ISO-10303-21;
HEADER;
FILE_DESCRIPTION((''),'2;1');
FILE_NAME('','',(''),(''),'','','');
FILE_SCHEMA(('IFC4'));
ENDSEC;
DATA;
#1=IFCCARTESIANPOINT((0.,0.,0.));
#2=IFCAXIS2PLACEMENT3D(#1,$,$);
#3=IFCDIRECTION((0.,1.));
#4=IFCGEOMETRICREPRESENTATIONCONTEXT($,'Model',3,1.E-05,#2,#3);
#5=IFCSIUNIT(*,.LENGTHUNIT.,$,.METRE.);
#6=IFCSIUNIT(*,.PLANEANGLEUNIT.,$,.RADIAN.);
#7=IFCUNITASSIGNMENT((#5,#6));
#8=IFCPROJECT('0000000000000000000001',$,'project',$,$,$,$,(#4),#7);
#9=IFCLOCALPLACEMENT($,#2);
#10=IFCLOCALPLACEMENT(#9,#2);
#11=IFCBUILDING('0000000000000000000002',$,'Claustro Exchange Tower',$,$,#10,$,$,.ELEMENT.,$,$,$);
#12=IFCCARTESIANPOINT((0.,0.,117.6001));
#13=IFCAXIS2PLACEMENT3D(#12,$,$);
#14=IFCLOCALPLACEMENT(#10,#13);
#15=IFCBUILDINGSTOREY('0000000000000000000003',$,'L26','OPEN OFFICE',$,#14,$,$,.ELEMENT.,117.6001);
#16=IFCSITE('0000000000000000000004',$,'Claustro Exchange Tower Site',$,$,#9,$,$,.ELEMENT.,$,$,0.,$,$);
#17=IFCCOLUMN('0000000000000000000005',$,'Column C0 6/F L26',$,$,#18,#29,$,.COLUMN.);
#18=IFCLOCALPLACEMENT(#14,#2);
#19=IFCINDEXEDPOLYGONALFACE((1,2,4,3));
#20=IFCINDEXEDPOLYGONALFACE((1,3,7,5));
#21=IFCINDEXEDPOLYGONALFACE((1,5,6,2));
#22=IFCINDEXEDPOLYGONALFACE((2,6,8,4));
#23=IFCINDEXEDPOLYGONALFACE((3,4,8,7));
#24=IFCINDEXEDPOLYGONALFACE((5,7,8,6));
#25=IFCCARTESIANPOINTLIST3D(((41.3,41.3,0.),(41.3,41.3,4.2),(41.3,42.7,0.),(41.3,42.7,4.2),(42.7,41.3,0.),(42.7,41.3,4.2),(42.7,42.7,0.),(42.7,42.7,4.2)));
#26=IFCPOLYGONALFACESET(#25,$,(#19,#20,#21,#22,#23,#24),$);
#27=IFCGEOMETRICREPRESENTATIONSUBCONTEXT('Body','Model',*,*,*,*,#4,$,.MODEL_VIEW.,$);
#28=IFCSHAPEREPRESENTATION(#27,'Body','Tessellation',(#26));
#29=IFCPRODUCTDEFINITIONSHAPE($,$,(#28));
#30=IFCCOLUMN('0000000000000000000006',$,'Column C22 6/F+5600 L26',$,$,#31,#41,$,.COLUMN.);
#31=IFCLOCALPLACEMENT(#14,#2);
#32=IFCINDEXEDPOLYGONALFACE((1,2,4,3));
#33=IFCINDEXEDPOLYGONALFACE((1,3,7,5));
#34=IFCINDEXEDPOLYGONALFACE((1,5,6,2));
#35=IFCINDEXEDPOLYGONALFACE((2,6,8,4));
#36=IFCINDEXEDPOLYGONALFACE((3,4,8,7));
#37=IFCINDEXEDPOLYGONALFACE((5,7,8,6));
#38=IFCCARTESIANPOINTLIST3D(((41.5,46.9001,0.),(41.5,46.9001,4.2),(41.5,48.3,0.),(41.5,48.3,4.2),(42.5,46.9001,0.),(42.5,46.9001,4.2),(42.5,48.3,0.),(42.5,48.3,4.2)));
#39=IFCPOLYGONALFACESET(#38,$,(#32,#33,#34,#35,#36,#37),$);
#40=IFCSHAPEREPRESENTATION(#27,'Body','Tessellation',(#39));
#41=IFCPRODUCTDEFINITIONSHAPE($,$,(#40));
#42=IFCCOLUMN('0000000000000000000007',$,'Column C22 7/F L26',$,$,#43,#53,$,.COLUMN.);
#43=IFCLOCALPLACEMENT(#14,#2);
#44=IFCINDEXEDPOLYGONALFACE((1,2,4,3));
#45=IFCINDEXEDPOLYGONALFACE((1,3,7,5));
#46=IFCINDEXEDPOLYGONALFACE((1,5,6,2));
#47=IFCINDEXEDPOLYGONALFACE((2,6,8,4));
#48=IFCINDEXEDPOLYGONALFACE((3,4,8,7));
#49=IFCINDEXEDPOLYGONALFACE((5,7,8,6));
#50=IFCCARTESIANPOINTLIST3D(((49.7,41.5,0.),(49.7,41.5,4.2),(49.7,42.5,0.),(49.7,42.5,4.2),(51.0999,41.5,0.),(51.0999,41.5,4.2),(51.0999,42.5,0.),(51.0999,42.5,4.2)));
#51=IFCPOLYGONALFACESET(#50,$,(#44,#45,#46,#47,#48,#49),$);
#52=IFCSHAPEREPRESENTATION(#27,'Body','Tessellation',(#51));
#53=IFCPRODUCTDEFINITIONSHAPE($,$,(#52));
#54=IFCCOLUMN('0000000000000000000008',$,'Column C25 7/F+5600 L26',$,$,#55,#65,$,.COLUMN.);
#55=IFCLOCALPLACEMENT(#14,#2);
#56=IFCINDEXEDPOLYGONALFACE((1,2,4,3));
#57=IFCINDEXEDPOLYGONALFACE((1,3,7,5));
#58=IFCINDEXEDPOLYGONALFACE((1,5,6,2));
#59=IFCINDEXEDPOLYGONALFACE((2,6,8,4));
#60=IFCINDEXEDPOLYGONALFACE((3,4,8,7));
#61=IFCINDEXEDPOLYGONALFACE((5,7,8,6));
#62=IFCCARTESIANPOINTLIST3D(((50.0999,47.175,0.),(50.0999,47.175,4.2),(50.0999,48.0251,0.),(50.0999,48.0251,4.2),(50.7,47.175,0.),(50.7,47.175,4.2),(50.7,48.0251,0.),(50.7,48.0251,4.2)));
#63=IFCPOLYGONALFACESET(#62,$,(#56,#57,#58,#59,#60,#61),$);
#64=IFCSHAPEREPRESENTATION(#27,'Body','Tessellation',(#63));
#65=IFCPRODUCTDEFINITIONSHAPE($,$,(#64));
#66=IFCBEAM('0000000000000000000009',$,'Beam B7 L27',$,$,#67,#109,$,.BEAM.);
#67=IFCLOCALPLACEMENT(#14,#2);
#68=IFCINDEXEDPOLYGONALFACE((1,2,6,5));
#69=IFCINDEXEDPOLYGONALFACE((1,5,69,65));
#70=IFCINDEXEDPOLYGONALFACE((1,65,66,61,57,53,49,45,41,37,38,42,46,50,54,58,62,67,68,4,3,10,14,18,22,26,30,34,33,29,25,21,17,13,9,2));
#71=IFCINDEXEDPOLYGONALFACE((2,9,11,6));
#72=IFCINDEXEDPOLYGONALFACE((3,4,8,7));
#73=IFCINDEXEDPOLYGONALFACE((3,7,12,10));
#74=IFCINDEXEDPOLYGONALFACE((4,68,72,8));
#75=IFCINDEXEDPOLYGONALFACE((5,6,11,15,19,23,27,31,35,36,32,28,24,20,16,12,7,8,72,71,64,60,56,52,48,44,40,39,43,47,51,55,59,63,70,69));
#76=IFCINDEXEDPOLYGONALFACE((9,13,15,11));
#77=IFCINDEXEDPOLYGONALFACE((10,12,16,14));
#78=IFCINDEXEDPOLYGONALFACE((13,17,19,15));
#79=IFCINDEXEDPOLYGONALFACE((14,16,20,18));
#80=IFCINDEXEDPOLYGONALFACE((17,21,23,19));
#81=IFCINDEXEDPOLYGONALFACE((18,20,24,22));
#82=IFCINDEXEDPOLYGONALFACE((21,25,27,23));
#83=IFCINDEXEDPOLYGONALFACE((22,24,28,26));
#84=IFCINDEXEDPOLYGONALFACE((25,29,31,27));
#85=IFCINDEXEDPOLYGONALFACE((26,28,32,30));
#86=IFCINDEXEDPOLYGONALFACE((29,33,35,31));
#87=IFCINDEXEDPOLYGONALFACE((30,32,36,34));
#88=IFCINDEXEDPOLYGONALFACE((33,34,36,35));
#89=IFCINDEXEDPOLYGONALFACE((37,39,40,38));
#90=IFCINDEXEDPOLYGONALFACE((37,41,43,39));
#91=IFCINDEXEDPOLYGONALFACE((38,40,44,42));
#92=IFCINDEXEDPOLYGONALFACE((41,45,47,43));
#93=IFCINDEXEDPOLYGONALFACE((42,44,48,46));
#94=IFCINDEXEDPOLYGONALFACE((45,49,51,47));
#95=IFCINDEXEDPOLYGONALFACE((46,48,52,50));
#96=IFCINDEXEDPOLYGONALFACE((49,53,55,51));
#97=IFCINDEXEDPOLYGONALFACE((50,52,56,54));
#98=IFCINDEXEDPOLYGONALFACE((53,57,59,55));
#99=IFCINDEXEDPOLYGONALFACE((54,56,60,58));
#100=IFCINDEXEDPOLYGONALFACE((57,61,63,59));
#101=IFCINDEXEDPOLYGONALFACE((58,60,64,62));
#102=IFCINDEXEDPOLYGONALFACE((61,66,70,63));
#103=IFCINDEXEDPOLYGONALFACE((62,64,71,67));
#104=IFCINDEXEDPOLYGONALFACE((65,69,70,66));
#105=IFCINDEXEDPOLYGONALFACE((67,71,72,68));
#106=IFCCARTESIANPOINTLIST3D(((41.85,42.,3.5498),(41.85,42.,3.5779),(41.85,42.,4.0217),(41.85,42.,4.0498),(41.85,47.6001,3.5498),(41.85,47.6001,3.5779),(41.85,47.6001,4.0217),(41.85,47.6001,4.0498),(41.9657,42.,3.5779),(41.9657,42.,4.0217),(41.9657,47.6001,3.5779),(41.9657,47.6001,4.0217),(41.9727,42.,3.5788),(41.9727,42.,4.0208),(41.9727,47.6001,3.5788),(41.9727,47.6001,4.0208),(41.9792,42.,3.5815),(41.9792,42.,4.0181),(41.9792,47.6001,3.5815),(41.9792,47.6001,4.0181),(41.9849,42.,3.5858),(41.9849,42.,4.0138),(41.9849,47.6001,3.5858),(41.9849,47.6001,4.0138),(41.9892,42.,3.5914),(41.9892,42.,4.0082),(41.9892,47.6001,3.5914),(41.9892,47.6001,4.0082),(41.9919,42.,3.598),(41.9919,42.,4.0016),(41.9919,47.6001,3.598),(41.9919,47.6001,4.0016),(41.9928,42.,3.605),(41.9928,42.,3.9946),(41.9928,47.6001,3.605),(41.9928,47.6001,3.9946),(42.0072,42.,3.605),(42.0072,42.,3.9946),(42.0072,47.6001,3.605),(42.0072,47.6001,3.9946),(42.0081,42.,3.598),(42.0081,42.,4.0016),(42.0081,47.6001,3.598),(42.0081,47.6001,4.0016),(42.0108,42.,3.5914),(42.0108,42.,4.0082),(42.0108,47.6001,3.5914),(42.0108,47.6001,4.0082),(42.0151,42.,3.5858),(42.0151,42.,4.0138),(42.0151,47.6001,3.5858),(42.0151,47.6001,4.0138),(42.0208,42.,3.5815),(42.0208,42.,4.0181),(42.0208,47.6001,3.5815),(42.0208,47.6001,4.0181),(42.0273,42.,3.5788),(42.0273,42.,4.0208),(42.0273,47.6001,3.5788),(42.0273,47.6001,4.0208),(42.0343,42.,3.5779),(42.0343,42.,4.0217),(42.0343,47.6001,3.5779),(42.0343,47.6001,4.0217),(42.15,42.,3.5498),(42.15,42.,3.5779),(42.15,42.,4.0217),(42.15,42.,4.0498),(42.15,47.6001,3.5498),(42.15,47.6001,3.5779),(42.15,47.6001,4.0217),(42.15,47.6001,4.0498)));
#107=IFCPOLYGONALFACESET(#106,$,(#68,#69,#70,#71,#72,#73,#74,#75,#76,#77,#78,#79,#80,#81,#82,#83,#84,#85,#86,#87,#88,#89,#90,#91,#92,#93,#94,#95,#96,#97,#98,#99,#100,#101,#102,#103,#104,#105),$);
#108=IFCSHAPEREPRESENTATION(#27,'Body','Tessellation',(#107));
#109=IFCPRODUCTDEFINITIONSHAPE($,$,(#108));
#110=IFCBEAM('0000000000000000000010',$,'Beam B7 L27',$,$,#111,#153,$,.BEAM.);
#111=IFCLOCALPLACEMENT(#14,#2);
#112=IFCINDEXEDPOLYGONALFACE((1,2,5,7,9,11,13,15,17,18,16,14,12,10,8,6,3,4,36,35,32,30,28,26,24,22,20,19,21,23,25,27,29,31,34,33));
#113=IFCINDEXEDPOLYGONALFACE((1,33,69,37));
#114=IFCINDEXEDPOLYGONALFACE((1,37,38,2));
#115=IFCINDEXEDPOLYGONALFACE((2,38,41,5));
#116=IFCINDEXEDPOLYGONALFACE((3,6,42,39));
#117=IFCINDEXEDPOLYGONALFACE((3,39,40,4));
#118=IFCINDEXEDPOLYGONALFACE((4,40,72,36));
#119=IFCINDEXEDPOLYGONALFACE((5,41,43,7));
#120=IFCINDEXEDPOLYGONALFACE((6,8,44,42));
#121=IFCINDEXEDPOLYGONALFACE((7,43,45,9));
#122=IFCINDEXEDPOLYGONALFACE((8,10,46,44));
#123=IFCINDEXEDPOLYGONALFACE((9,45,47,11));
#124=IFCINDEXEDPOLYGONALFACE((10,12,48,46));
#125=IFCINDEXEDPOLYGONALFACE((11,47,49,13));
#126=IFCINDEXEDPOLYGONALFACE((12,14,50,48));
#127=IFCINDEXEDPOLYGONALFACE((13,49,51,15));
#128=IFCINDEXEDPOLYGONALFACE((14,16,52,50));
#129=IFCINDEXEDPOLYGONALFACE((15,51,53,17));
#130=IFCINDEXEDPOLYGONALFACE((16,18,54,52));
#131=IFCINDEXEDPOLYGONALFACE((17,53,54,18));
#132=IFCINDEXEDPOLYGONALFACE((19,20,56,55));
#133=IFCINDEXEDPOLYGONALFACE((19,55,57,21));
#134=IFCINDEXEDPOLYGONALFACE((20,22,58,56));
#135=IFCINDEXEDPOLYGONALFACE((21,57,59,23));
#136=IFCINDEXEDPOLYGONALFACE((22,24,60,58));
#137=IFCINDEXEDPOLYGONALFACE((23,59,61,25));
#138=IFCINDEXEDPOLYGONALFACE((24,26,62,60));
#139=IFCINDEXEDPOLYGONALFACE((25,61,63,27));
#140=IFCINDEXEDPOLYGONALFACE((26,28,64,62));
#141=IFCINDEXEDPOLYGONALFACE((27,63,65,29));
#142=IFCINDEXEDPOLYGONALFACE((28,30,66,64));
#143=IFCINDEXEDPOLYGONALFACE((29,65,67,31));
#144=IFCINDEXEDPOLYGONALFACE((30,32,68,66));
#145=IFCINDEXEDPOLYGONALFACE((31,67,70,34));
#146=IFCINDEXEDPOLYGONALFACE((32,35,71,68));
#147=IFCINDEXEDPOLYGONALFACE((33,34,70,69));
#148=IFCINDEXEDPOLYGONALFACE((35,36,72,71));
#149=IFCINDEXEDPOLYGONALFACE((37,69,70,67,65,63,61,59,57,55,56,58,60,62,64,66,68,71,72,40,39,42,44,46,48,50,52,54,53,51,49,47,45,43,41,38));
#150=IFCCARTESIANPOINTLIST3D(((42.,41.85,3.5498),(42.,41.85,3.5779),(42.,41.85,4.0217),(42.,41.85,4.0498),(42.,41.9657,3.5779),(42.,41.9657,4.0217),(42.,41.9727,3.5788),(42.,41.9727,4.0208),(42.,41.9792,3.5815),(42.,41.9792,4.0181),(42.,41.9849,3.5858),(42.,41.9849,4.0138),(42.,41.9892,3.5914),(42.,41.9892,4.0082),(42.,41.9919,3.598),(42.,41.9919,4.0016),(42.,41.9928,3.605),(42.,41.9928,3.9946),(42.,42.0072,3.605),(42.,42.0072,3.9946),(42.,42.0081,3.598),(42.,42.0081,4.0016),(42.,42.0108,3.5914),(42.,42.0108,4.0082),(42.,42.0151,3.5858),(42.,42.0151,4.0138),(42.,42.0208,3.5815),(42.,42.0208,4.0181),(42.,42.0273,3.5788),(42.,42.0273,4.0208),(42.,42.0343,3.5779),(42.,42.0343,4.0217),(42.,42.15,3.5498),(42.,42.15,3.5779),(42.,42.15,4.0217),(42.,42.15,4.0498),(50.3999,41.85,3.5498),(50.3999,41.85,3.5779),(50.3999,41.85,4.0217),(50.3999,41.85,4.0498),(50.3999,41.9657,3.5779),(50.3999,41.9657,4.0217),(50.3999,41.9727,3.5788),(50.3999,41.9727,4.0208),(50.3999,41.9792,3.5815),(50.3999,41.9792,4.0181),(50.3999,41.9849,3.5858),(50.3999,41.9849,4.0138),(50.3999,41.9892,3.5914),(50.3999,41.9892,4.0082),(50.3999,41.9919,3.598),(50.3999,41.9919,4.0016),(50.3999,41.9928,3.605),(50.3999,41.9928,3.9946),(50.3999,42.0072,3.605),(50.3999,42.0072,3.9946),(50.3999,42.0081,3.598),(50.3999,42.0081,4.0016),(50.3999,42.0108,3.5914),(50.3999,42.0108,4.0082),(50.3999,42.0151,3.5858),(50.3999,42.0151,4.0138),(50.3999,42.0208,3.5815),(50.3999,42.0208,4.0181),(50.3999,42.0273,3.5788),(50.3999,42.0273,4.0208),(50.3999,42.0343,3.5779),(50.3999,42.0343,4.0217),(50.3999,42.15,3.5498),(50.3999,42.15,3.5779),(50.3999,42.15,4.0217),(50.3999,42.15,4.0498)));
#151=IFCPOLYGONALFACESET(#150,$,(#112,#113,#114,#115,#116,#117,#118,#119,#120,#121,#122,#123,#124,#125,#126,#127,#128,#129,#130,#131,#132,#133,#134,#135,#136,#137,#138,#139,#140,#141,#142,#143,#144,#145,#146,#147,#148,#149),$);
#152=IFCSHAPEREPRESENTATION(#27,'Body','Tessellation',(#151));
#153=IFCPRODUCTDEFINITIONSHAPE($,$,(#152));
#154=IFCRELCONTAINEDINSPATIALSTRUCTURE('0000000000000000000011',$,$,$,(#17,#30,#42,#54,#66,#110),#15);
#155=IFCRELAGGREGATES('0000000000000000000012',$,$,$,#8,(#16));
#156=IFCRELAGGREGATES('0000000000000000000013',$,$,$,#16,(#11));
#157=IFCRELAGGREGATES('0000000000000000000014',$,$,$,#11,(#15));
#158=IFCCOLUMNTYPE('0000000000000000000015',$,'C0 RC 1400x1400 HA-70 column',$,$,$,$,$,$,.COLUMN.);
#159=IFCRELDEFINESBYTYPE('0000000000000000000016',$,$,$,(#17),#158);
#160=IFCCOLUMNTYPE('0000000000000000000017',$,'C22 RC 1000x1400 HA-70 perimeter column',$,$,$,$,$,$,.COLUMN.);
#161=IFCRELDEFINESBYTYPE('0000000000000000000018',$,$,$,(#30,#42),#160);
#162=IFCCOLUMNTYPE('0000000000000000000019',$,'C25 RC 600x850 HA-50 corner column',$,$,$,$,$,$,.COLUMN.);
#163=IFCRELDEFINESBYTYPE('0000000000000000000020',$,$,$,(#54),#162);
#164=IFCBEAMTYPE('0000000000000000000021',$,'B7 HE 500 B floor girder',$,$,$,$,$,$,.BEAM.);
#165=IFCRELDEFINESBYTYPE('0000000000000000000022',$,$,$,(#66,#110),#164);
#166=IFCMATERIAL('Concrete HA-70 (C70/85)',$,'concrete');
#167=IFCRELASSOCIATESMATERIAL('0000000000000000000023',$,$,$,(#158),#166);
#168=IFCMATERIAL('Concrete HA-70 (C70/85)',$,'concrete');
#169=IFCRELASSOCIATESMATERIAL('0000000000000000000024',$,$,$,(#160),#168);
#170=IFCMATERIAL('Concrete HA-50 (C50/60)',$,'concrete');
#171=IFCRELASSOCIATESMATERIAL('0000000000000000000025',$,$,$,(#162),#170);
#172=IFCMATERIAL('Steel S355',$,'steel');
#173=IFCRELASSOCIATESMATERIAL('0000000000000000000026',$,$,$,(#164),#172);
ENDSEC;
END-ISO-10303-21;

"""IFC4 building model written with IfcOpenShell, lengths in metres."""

from ifc_helpers import new_model, si_unit, direction, frame, origin, origin_2d, place, context, subcontext, project, spatial, rectangle, i_section, extrude, material, material_profile, profile_set, type_object, element, save


model = new_model("IFC4")

# Units and contexts
model_context = context("Model", 3, precision=1e-05, world=origin(), true_north=direction((0.0, 1.0)))
body_context = subcontext(model_context, "Body", "Model", "MODEL_VIEW")
ifc_project = project(units=[si_unit("LENGTHUNIT", "METRE"), si_unit("PLANEANGLEUNIT", "RADIAN")], contexts=[model_context])

# Site, building, storey
site_placement = place(None, origin())
site = spatial("IfcSite", under=ifc_project, at=site_placement, Name="Claustro Exchange Tower Site", CompositionType="ELEMENT", RefElevation=0.0)
building_placement = place(site_placement, origin())
building = spatial("IfcBuilding", under=site, at=building_placement, Name="Claustro Exchange Tower", CompositionType="ELEMENT")
storey_placement = place(building_placement, frame((0.0, 0.0, 117.6001)))
storey = spatial("IfcBuildingStorey", under=building, at=storey_placement, Name="L26", Description="OPEN OFFICE", CompositionType="ELEMENT", Elevation=117.6001)

# Columns
ifc_material_1 = material(Name="Concrete HA-70 (C70/85)", Category="concrete")
ifc_material_profile_1 = material_profile(ifc_material_1, rectangle(XDim=1.3999, YDim=1.3999, at=origin_2d()), Name="RC 1400x1400")
ifc_profile_set_1 = profile_set([ifc_material_profile_1], Name="Concrete HA-70 (C70/85)")
column_type_1 = type_object("IfcColumnType", Name="C0 RC 1400x1400 HA-70 column", PredefinedType="COLUMN", material=ifc_profile_set_1)
column_1_placement = place(storey_placement, frame((42.0, 42.0, 0.0), z_axis=(0.0, 0.0, 1.0), x_axis=(1.0, 0.0, 0.0)))
element("IfcColumn", 1, at=column_1_placement, inside=storey, type_object=column_type_1, Name="Column C0 6/F L26", PredefinedType="COLUMN", context=body_context, shape_type="SweptSolid", body=[
    extrude(rectangle(XDim=1.3999, YDim=1.3999, at=origin_2d()), origin(), (0.0, 0.0, 1.0), 4.2),
])
ifc_material_2 = material(Name="Concrete HA-70 (C70/85)", Category="concrete")
ifc_material_profile_2 = material_profile(ifc_material_2, rectangle(XDim=1.0, YDim=1.3999, at=origin_2d()), Name="RC 1000x1400")
ifc_profile_set_2 = profile_set([ifc_material_profile_2], Name="Concrete HA-70 (C70/85)")
column_type_2 = type_object("IfcColumnType", Name="C22 RC 1000x1400 HA-70 perimeter column", PredefinedType="COLUMN", material=ifc_profile_set_2)
for number, where, z_axis, x_axis, name in (
    (2, (42.0, 47.6001, 0.0), (0.0, 0.0, 1.0), (1.0, 0.0, 0.0), "Column C22 6/F+5600 L26"),
    (3, (50.3999, 42.0, 0.0), (0.0, 0.0, 1.0), (0.0, 1.0, 0.0), "Column C22 7/F L26"),
):
    element("IfcColumn", number, at=place(storey_placement, frame(where, z_axis=z_axis, x_axis=x_axis)), inside=storey, type_object=column_type_2, Name=name, PredefinedType="COLUMN", context=body_context, shape_type="SweptSolid", body=[
        extrude(rectangle(XDim=1.0, YDim=1.3999, at=origin_2d()), origin(), (0.0, 0.0, 1.0), 4.2),
    ])
ifc_material_3 = material(Name="Concrete HA-50 (C50/60)", Category="concrete")
ifc_material_profile_3 = material_profile(ifc_material_3, rectangle(XDim=0.6001, YDim=0.8501, at=origin_2d()), Name="RC 600x850")
ifc_profile_set_3 = profile_set([ifc_material_profile_3], Name="Concrete HA-50 (C50/60)")
column_type_3 = type_object("IfcColumnType", Name="C25 RC 600x850 HA-50 corner column", PredefinedType="COLUMN", material=ifc_profile_set_3)
column_2_placement = place(storey_placement, frame((50.3999, 47.6001, 0.0), z_axis=(0.0, 0.0, 1.0), x_axis=(1.0, 0.0, 0.0)))
element("IfcColumn", 4, at=column_2_placement, inside=storey, type_object=column_type_3, Name="Column C25 7/F+5600 L26", PredefinedType="COLUMN", context=body_context, shape_type="SweptSolid", body=[
    extrude(rectangle(XDim=0.6001, YDim=0.8501, at=origin_2d()), origin(), (0.0, 0.0, 1.0), 4.2),
])

# Beams
ifc_material_4 = material(Name="Steel S355", Category="steel")
ifc_material_profile_4 = material_profile(ifc_material_4, i_section(OverallWidth=0.3, OverallDepth=0.5, WebThickness=0.0144, FlangeThickness=0.0281, FilletRadius=0.0271, at=origin_2d()), Name="HE 500 B")
ifc_profile_set_4 = profile_set([ifc_material_profile_4], Name="Steel S355")
beam_type_1 = type_object("IfcBeamType", Name="B7 HE 500 B floor girder", PredefinedType="BEAM", material=ifc_profile_set_4)
beam_1_placement = place(storey_placement, frame((42.0, 42.0, 3.7998), z_axis=(0.0, 1.0, 0.0), x_axis=(-1.0, 0.0, 0.0)))
element("IfcBeam", 5, at=beam_1_placement, inside=storey, type_object=beam_type_1, Name="Beam B7 L27", PredefinedType="BEAM", context=body_context, shape_type="SweptSolid", body=[
    extrude(i_section(OverallWidth=0.3, OverallDepth=0.5, WebThickness=0.0144, FlangeThickness=0.0281, FilletRadius=0.0271, at=origin_2d()), origin(), (0.0, 0.0, 1.0), 5.6001),
])
beam_2_placement = place(storey_placement, frame((42.0, 42.0, 3.7998), z_axis=(1.0, 0.0, 0.0), x_axis=(0.0, 1.0, 0.0)))
element("IfcBeam", 6, at=beam_2_placement, inside=storey, type_object=beam_type_1, Name="Beam B7 L27", PredefinedType="BEAM", context=body_context, shape_type="SweptSolid", body=[
    extrude(i_section(OverallWidth=0.3, OverallDepth=0.5, WebThickness=0.0144, FlangeThickness=0.0281, FilletRadius=0.0271, at=origin_2d()), origin(), (0.0, 0.0, 1.0), 8.3999),
])

save(model, "model.ifc")
